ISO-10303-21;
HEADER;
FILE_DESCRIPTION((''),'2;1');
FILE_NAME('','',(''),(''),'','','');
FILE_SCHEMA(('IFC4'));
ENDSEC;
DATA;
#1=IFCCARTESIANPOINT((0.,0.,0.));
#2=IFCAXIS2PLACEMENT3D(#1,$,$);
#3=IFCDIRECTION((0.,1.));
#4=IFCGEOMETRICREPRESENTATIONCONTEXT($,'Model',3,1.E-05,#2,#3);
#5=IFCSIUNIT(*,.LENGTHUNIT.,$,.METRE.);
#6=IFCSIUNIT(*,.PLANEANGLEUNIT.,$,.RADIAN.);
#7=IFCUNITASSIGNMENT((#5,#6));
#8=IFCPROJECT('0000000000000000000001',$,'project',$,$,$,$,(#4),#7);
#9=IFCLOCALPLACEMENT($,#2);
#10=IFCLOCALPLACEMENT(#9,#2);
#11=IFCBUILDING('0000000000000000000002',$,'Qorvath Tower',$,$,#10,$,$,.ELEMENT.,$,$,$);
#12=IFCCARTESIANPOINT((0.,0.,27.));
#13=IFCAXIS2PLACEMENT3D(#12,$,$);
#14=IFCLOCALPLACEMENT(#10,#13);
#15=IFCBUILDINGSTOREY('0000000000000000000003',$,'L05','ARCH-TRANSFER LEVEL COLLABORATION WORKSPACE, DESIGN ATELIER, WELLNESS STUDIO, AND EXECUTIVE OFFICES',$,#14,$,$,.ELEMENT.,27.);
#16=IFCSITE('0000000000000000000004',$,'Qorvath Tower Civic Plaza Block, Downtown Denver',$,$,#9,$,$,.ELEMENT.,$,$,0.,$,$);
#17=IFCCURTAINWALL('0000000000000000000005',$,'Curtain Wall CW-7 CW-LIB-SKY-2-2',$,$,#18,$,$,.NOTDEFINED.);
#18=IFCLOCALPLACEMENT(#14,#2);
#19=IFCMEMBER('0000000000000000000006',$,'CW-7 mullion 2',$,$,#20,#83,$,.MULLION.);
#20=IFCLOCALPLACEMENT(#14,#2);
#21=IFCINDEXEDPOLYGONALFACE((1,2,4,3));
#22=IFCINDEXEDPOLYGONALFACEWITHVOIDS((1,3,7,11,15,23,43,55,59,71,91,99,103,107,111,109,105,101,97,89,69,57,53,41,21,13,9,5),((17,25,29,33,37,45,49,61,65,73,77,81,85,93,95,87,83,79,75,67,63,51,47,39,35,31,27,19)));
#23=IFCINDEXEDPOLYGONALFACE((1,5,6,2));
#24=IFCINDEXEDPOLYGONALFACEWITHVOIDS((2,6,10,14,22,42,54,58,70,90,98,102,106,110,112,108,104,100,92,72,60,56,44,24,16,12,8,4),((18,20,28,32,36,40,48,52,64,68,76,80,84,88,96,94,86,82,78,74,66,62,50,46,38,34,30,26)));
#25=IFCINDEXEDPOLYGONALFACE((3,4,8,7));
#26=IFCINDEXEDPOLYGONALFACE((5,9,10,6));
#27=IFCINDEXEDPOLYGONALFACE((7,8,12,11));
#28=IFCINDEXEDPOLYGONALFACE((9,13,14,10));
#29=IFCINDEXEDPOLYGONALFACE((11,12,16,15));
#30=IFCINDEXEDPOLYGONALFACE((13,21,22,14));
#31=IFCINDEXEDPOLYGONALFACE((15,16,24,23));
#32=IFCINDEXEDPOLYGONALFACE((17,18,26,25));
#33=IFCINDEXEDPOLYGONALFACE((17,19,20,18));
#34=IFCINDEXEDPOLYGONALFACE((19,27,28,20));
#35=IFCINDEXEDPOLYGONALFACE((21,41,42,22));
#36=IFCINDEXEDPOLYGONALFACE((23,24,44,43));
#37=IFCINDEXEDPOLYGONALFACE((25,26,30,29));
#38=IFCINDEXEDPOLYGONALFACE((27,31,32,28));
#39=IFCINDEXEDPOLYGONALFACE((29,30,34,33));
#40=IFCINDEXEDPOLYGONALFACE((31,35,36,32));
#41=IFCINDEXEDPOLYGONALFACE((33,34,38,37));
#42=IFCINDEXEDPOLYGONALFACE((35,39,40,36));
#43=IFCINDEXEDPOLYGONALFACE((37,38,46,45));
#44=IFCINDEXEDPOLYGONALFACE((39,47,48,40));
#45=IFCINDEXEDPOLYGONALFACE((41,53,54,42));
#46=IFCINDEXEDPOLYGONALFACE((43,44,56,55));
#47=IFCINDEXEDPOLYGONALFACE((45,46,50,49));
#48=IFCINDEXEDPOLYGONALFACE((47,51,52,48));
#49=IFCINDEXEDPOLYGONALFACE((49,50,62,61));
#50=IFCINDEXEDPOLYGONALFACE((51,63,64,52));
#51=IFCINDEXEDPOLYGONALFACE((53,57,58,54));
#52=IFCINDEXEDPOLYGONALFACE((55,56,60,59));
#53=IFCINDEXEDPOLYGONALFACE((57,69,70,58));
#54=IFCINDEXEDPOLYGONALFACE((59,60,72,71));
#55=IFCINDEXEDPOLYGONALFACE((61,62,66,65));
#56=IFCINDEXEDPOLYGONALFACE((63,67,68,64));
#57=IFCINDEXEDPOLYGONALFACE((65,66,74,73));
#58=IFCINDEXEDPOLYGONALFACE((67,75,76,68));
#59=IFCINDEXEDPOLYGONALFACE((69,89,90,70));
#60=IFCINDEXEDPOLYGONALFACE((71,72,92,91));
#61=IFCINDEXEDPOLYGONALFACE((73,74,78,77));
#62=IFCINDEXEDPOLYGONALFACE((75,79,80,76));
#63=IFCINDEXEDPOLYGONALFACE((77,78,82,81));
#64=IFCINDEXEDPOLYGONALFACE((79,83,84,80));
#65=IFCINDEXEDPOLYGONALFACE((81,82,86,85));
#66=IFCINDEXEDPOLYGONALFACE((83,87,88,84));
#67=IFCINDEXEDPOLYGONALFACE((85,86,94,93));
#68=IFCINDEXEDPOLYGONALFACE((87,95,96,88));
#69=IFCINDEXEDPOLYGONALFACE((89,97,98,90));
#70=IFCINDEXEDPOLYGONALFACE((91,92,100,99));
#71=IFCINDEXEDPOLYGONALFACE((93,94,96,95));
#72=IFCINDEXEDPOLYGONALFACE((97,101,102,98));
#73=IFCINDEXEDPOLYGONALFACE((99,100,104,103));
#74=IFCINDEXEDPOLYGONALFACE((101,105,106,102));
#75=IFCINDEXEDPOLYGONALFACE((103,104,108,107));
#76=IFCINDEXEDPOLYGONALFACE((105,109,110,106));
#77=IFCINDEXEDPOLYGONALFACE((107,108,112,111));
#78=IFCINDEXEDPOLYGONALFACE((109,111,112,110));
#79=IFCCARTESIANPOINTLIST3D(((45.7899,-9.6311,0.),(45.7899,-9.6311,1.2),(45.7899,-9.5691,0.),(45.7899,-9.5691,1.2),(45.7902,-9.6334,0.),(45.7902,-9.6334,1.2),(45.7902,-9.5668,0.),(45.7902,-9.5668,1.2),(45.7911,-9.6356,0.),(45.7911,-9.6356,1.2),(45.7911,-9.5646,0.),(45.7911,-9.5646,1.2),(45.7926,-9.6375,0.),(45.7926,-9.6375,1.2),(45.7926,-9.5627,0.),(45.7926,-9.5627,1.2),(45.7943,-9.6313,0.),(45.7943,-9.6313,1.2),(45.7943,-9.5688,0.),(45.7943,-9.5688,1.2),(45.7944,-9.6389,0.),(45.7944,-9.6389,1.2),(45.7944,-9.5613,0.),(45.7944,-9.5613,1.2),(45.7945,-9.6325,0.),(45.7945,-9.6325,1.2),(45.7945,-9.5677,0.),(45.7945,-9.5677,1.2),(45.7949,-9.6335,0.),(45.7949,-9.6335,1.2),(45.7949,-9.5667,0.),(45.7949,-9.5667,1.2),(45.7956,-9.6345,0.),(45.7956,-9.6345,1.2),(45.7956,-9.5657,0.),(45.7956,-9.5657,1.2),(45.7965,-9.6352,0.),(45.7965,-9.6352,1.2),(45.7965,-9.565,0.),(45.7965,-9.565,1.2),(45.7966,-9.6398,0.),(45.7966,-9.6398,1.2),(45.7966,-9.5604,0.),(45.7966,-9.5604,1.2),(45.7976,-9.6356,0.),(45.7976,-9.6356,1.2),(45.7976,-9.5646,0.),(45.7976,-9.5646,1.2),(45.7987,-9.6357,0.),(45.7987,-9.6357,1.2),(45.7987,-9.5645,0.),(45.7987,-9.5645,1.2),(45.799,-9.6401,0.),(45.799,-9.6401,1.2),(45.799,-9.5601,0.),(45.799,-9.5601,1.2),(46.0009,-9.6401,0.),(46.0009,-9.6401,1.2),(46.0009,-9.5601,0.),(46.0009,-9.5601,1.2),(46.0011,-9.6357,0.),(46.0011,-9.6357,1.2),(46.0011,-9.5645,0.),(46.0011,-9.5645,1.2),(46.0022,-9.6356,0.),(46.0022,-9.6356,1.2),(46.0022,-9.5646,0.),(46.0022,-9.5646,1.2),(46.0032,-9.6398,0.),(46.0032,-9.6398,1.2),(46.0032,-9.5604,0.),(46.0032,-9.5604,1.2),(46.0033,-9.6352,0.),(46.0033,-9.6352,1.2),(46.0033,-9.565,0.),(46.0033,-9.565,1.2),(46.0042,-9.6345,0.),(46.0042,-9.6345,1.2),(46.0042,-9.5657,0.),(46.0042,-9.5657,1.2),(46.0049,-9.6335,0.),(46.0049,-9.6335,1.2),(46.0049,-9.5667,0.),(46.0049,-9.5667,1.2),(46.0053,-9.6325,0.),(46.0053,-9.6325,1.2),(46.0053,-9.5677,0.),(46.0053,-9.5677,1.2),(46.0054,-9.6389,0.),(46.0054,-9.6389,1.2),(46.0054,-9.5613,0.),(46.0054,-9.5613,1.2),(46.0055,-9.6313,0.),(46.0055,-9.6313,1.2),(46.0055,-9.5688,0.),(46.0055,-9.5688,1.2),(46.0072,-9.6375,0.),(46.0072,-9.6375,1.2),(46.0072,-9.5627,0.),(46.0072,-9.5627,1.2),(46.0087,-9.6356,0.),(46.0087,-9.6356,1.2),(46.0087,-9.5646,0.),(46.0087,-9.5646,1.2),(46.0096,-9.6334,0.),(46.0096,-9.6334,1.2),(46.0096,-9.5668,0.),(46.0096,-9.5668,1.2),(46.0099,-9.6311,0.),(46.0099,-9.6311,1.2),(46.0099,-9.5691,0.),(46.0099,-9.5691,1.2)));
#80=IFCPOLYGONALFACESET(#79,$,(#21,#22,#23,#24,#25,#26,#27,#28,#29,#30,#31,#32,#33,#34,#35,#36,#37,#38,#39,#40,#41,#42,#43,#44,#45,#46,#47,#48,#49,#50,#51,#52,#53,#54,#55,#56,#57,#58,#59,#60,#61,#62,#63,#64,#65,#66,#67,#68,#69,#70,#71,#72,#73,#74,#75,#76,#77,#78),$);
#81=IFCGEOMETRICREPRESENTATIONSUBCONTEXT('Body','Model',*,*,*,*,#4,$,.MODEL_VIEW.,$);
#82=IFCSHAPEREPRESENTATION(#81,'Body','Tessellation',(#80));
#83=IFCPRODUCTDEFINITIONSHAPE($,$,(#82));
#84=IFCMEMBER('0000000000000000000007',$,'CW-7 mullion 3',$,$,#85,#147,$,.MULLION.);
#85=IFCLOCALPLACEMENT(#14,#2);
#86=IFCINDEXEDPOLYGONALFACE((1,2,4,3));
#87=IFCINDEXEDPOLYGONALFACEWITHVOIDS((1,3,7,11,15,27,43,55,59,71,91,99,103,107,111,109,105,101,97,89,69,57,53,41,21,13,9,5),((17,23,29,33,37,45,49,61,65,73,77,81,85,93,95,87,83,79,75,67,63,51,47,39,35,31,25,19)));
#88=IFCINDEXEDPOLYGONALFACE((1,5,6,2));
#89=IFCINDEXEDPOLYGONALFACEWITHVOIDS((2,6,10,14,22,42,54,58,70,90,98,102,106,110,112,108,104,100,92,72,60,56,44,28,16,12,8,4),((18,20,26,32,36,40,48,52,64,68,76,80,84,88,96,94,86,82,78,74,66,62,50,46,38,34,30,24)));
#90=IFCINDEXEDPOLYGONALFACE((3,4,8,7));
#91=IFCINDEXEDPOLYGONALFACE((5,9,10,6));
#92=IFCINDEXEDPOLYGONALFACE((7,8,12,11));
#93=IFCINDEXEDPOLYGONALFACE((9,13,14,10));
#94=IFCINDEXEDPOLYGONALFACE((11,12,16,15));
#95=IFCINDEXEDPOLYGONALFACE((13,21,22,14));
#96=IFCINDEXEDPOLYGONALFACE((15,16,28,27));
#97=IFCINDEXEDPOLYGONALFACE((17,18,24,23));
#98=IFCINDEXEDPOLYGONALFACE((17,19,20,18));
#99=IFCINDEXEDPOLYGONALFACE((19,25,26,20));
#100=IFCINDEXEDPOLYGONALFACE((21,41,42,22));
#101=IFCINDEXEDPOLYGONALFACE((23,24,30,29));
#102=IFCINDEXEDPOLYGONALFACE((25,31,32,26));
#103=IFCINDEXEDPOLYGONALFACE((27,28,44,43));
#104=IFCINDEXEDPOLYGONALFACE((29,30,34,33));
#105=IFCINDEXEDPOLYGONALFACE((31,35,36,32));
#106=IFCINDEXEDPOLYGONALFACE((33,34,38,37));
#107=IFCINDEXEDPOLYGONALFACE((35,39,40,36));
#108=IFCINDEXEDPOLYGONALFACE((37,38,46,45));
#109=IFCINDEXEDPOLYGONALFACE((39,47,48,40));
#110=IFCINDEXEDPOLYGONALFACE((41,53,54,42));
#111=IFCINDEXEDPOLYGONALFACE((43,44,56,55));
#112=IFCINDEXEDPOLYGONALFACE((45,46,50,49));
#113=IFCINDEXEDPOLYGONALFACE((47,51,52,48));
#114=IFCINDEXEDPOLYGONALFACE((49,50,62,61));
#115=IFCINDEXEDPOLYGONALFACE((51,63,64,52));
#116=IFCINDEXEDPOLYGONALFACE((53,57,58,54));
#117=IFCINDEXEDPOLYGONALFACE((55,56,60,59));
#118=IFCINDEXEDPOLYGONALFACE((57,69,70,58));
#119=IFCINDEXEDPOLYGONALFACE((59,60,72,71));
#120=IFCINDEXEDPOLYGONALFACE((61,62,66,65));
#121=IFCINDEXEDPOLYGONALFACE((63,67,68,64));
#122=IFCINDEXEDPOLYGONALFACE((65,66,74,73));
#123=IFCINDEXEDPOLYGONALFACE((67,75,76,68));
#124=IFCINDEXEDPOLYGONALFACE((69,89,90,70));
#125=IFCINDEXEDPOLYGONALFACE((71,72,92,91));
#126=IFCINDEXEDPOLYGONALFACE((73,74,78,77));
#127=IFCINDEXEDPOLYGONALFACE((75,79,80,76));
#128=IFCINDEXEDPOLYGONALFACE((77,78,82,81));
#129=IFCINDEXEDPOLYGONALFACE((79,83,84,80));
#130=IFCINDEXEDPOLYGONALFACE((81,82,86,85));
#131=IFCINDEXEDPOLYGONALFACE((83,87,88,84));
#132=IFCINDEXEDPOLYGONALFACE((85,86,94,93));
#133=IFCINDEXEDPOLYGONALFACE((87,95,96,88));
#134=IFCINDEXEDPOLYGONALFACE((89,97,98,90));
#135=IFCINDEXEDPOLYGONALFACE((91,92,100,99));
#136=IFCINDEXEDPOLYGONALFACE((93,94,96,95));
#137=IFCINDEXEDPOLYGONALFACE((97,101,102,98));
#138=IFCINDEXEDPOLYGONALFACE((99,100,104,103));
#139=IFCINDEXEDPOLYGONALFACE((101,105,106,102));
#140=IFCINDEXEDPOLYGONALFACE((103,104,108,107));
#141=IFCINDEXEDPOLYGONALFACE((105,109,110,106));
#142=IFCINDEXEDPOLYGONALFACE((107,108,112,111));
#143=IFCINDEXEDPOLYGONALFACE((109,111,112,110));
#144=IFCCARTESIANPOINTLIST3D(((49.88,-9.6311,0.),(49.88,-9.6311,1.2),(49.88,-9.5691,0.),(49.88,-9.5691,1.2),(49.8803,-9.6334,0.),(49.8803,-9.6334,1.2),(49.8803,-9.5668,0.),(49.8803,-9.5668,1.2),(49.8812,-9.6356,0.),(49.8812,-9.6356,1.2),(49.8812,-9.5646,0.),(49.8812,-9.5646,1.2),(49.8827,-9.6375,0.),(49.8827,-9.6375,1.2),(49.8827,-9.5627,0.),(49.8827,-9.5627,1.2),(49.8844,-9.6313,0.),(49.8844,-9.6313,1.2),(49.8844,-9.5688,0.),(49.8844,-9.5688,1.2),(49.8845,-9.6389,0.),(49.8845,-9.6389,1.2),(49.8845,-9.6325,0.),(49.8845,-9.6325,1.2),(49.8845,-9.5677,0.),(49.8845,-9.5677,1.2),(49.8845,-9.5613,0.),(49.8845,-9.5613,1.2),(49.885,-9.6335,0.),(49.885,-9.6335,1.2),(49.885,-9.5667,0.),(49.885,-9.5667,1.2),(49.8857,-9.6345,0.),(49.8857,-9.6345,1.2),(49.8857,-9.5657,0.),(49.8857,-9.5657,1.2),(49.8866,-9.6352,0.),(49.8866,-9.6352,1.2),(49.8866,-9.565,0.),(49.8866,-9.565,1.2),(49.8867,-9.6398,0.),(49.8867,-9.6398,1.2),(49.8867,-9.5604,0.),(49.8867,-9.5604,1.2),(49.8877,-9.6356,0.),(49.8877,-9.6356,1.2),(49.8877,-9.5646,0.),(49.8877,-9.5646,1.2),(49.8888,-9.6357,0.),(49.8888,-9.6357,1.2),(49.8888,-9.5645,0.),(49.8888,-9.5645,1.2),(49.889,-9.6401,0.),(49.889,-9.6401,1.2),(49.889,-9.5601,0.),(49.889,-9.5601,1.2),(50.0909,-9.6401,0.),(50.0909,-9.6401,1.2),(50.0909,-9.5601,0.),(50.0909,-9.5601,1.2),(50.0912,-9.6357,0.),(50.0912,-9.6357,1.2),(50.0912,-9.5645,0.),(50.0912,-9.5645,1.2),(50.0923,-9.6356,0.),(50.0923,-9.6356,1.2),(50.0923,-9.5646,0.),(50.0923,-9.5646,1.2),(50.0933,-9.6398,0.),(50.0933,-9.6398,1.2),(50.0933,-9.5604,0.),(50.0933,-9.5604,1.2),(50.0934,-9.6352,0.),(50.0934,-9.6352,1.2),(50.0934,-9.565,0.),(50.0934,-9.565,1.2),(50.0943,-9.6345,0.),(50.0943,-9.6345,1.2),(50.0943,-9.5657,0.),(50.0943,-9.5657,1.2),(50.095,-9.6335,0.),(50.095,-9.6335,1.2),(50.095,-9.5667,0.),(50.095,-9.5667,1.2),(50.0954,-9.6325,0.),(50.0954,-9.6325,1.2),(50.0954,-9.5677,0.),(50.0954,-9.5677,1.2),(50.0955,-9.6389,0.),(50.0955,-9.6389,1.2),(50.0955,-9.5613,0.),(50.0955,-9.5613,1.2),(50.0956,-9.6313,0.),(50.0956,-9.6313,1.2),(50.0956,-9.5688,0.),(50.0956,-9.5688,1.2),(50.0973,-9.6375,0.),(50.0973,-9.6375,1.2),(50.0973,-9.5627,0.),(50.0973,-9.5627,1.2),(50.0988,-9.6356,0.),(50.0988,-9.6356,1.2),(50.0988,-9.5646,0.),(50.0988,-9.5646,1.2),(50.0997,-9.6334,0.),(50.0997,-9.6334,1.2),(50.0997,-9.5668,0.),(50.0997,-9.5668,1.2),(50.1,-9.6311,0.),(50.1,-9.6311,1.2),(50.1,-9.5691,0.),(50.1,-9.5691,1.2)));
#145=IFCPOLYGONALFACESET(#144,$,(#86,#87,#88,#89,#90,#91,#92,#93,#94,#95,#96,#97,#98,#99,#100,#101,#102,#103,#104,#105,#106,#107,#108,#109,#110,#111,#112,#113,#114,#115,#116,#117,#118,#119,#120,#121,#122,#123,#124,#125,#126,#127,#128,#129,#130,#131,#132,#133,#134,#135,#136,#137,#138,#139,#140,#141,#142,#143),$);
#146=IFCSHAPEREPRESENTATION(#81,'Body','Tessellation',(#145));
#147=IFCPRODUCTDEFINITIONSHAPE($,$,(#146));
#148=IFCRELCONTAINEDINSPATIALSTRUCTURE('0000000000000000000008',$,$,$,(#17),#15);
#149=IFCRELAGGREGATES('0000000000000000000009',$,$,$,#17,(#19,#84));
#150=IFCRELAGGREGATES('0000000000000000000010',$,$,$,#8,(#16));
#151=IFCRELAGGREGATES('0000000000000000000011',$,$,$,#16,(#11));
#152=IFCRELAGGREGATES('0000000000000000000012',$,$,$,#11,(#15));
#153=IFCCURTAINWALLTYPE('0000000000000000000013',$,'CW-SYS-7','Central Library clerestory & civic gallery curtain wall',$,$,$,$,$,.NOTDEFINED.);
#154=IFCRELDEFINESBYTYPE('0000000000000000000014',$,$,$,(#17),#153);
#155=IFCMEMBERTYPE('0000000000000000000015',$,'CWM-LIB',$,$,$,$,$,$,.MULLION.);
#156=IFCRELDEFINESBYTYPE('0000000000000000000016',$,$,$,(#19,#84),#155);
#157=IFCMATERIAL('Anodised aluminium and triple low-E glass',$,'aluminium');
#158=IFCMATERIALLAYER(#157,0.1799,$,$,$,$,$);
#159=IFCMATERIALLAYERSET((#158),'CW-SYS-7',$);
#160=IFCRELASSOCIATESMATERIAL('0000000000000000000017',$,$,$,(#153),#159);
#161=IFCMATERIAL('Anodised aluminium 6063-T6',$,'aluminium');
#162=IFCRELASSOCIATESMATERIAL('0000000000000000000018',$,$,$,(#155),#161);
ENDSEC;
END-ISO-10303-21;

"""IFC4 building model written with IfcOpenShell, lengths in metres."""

from ifc_helpers import new_model, si_unit, direction, frame, origin, origin_2d, place, context, subcontext, project, spatial, hollow_rectangle, extrude, material, layer, layer_set, material_profile, profile_set, type_object, element, aggregate, save


model = new_model("IFC4")

# Units and contexts
model_context = context("Model", 3, precision=1e-05, world=origin(), true_north=direction((0.0, 1.0)))
body_context = subcontext(model_context, "Body", "Model", "MODEL_VIEW")
ifc_project = project(units=[si_unit("LENGTHUNIT", "METRE"), si_unit("PLANEANGLEUNIT", "RADIAN")], contexts=[model_context])

# Site, building, storey
site_placement = place(None, origin())
site = spatial("IfcSite", under=ifc_project, at=site_placement, Name="Qorvath Tower Civic Plaza Block, Downtown Denver", CompositionType="ELEMENT", RefElevation=0.0)
building_placement = place(site_placement, origin())
building = spatial("IfcBuilding", under=site, at=building_placement, Name="Qorvath Tower", CompositionType="ELEMENT")
storey_placement = place(building_placement, frame((0.0, 0.0, 27.0)))
storey = spatial("IfcBuildingStorey", under=building, at=storey_placement, Name="L05", Description="ARCH-TRANSFER LEVEL COLLABORATION WORKSPACE, DESIGN ATELIER, WELLNESS STUDIO, AND EXECUTIVE OFFICES", CompositionType="ELEMENT", Elevation=27.0)

# Curtain wall, members
ifc_material_1 = material(Name="Anodised aluminium and triple low-E glass", Category="aluminium")
ifc_layer_1 = layer(ifc_material_1, 0.1799)
ifc_layer_set_1 = layer_set([ifc_layer_1], Name="CW-SYS-7")
curtain_wall_type = type_object("IfcCurtainWallType", Name="CW-SYS-7", Description="Central Library clerestory & civic gallery curtain wall", PredefinedType="NOTDEFINED", material=ifc_layer_set_1)
ifc_material_2 = material(Name="Anodised aluminium 6063-T6", Category="aluminium")
ifc_material_profile_1 = material_profile(ifc_material_2, hollow_rectangle(XDim=0.0801, YDim=0.22, WallThickness=0.0044, InnerFilletRadius=0.0044, OuterFilletRadius=0.009, at=origin_2d()), Name="CWM LIB 220x80")
ifc_profile_set_1 = profile_set([ifc_material_profile_1], Name="Anodised aluminium 6063-T6")
member_type_1 = type_object("IfcMemberType", Name="CWM-LIB", PredefinedType="MULLION", material=ifc_profile_set_1)
curtain_wall_1_placement = place(storey_placement, origin())
curtain_wall_1 = element("IfcCurtainWall", 1, at=curtain_wall_1_placement, inside=storey, type_object=curtain_wall_type, Name="Curtain Wall CW-7 CW-LIB-SKY-2-2", PredefinedType="NOTDEFINED")
member_1_placement = place(storey_placement, frame((45.8999, -9.6001, 0.0), z_axis=(0.0, 0.0, 1.0), x_axis=(0.0, 1.0, 0.0)))
member_1 = element("IfcMember", 2, at=member_1_placement, type_object=member_type_1, Name="CW-7 mullion 2", PredefinedType="MULLION", context=body_context, shape_type="SweptSolid", body=[
    extrude(hollow_rectangle(XDim=0.0801, YDim=0.22, WallThickness=0.0044, InnerFilletRadius=0.0044, OuterFilletRadius=0.009, at=origin_2d()), origin(), (0.0, 0.0, 1.0), 1.2),
])
member_2_placement = place(storey_placement, frame((49.99, -9.6001, 0.0), z_axis=(0.0, 0.0, 1.0), x_axis=(0.0, 1.0, 0.0)))
member_2 = element("IfcMember", 3, at=member_2_placement, type_object=member_type_1, Name="CW-7 mullion 3", PredefinedType="MULLION", context=body_context, shape_type="SweptSolid", body=[
    extrude(hollow_rectangle(XDim=0.0801, YDim=0.22, WallThickness=0.0044, InnerFilletRadius=0.0044, OuterFilletRadius=0.009, at=origin_2d()), origin(), (0.0, 0.0, 1.0), 1.2),
])

aggregate(curtain_wall_1, [member_1, member_2])

save(model, "model.ifc")
